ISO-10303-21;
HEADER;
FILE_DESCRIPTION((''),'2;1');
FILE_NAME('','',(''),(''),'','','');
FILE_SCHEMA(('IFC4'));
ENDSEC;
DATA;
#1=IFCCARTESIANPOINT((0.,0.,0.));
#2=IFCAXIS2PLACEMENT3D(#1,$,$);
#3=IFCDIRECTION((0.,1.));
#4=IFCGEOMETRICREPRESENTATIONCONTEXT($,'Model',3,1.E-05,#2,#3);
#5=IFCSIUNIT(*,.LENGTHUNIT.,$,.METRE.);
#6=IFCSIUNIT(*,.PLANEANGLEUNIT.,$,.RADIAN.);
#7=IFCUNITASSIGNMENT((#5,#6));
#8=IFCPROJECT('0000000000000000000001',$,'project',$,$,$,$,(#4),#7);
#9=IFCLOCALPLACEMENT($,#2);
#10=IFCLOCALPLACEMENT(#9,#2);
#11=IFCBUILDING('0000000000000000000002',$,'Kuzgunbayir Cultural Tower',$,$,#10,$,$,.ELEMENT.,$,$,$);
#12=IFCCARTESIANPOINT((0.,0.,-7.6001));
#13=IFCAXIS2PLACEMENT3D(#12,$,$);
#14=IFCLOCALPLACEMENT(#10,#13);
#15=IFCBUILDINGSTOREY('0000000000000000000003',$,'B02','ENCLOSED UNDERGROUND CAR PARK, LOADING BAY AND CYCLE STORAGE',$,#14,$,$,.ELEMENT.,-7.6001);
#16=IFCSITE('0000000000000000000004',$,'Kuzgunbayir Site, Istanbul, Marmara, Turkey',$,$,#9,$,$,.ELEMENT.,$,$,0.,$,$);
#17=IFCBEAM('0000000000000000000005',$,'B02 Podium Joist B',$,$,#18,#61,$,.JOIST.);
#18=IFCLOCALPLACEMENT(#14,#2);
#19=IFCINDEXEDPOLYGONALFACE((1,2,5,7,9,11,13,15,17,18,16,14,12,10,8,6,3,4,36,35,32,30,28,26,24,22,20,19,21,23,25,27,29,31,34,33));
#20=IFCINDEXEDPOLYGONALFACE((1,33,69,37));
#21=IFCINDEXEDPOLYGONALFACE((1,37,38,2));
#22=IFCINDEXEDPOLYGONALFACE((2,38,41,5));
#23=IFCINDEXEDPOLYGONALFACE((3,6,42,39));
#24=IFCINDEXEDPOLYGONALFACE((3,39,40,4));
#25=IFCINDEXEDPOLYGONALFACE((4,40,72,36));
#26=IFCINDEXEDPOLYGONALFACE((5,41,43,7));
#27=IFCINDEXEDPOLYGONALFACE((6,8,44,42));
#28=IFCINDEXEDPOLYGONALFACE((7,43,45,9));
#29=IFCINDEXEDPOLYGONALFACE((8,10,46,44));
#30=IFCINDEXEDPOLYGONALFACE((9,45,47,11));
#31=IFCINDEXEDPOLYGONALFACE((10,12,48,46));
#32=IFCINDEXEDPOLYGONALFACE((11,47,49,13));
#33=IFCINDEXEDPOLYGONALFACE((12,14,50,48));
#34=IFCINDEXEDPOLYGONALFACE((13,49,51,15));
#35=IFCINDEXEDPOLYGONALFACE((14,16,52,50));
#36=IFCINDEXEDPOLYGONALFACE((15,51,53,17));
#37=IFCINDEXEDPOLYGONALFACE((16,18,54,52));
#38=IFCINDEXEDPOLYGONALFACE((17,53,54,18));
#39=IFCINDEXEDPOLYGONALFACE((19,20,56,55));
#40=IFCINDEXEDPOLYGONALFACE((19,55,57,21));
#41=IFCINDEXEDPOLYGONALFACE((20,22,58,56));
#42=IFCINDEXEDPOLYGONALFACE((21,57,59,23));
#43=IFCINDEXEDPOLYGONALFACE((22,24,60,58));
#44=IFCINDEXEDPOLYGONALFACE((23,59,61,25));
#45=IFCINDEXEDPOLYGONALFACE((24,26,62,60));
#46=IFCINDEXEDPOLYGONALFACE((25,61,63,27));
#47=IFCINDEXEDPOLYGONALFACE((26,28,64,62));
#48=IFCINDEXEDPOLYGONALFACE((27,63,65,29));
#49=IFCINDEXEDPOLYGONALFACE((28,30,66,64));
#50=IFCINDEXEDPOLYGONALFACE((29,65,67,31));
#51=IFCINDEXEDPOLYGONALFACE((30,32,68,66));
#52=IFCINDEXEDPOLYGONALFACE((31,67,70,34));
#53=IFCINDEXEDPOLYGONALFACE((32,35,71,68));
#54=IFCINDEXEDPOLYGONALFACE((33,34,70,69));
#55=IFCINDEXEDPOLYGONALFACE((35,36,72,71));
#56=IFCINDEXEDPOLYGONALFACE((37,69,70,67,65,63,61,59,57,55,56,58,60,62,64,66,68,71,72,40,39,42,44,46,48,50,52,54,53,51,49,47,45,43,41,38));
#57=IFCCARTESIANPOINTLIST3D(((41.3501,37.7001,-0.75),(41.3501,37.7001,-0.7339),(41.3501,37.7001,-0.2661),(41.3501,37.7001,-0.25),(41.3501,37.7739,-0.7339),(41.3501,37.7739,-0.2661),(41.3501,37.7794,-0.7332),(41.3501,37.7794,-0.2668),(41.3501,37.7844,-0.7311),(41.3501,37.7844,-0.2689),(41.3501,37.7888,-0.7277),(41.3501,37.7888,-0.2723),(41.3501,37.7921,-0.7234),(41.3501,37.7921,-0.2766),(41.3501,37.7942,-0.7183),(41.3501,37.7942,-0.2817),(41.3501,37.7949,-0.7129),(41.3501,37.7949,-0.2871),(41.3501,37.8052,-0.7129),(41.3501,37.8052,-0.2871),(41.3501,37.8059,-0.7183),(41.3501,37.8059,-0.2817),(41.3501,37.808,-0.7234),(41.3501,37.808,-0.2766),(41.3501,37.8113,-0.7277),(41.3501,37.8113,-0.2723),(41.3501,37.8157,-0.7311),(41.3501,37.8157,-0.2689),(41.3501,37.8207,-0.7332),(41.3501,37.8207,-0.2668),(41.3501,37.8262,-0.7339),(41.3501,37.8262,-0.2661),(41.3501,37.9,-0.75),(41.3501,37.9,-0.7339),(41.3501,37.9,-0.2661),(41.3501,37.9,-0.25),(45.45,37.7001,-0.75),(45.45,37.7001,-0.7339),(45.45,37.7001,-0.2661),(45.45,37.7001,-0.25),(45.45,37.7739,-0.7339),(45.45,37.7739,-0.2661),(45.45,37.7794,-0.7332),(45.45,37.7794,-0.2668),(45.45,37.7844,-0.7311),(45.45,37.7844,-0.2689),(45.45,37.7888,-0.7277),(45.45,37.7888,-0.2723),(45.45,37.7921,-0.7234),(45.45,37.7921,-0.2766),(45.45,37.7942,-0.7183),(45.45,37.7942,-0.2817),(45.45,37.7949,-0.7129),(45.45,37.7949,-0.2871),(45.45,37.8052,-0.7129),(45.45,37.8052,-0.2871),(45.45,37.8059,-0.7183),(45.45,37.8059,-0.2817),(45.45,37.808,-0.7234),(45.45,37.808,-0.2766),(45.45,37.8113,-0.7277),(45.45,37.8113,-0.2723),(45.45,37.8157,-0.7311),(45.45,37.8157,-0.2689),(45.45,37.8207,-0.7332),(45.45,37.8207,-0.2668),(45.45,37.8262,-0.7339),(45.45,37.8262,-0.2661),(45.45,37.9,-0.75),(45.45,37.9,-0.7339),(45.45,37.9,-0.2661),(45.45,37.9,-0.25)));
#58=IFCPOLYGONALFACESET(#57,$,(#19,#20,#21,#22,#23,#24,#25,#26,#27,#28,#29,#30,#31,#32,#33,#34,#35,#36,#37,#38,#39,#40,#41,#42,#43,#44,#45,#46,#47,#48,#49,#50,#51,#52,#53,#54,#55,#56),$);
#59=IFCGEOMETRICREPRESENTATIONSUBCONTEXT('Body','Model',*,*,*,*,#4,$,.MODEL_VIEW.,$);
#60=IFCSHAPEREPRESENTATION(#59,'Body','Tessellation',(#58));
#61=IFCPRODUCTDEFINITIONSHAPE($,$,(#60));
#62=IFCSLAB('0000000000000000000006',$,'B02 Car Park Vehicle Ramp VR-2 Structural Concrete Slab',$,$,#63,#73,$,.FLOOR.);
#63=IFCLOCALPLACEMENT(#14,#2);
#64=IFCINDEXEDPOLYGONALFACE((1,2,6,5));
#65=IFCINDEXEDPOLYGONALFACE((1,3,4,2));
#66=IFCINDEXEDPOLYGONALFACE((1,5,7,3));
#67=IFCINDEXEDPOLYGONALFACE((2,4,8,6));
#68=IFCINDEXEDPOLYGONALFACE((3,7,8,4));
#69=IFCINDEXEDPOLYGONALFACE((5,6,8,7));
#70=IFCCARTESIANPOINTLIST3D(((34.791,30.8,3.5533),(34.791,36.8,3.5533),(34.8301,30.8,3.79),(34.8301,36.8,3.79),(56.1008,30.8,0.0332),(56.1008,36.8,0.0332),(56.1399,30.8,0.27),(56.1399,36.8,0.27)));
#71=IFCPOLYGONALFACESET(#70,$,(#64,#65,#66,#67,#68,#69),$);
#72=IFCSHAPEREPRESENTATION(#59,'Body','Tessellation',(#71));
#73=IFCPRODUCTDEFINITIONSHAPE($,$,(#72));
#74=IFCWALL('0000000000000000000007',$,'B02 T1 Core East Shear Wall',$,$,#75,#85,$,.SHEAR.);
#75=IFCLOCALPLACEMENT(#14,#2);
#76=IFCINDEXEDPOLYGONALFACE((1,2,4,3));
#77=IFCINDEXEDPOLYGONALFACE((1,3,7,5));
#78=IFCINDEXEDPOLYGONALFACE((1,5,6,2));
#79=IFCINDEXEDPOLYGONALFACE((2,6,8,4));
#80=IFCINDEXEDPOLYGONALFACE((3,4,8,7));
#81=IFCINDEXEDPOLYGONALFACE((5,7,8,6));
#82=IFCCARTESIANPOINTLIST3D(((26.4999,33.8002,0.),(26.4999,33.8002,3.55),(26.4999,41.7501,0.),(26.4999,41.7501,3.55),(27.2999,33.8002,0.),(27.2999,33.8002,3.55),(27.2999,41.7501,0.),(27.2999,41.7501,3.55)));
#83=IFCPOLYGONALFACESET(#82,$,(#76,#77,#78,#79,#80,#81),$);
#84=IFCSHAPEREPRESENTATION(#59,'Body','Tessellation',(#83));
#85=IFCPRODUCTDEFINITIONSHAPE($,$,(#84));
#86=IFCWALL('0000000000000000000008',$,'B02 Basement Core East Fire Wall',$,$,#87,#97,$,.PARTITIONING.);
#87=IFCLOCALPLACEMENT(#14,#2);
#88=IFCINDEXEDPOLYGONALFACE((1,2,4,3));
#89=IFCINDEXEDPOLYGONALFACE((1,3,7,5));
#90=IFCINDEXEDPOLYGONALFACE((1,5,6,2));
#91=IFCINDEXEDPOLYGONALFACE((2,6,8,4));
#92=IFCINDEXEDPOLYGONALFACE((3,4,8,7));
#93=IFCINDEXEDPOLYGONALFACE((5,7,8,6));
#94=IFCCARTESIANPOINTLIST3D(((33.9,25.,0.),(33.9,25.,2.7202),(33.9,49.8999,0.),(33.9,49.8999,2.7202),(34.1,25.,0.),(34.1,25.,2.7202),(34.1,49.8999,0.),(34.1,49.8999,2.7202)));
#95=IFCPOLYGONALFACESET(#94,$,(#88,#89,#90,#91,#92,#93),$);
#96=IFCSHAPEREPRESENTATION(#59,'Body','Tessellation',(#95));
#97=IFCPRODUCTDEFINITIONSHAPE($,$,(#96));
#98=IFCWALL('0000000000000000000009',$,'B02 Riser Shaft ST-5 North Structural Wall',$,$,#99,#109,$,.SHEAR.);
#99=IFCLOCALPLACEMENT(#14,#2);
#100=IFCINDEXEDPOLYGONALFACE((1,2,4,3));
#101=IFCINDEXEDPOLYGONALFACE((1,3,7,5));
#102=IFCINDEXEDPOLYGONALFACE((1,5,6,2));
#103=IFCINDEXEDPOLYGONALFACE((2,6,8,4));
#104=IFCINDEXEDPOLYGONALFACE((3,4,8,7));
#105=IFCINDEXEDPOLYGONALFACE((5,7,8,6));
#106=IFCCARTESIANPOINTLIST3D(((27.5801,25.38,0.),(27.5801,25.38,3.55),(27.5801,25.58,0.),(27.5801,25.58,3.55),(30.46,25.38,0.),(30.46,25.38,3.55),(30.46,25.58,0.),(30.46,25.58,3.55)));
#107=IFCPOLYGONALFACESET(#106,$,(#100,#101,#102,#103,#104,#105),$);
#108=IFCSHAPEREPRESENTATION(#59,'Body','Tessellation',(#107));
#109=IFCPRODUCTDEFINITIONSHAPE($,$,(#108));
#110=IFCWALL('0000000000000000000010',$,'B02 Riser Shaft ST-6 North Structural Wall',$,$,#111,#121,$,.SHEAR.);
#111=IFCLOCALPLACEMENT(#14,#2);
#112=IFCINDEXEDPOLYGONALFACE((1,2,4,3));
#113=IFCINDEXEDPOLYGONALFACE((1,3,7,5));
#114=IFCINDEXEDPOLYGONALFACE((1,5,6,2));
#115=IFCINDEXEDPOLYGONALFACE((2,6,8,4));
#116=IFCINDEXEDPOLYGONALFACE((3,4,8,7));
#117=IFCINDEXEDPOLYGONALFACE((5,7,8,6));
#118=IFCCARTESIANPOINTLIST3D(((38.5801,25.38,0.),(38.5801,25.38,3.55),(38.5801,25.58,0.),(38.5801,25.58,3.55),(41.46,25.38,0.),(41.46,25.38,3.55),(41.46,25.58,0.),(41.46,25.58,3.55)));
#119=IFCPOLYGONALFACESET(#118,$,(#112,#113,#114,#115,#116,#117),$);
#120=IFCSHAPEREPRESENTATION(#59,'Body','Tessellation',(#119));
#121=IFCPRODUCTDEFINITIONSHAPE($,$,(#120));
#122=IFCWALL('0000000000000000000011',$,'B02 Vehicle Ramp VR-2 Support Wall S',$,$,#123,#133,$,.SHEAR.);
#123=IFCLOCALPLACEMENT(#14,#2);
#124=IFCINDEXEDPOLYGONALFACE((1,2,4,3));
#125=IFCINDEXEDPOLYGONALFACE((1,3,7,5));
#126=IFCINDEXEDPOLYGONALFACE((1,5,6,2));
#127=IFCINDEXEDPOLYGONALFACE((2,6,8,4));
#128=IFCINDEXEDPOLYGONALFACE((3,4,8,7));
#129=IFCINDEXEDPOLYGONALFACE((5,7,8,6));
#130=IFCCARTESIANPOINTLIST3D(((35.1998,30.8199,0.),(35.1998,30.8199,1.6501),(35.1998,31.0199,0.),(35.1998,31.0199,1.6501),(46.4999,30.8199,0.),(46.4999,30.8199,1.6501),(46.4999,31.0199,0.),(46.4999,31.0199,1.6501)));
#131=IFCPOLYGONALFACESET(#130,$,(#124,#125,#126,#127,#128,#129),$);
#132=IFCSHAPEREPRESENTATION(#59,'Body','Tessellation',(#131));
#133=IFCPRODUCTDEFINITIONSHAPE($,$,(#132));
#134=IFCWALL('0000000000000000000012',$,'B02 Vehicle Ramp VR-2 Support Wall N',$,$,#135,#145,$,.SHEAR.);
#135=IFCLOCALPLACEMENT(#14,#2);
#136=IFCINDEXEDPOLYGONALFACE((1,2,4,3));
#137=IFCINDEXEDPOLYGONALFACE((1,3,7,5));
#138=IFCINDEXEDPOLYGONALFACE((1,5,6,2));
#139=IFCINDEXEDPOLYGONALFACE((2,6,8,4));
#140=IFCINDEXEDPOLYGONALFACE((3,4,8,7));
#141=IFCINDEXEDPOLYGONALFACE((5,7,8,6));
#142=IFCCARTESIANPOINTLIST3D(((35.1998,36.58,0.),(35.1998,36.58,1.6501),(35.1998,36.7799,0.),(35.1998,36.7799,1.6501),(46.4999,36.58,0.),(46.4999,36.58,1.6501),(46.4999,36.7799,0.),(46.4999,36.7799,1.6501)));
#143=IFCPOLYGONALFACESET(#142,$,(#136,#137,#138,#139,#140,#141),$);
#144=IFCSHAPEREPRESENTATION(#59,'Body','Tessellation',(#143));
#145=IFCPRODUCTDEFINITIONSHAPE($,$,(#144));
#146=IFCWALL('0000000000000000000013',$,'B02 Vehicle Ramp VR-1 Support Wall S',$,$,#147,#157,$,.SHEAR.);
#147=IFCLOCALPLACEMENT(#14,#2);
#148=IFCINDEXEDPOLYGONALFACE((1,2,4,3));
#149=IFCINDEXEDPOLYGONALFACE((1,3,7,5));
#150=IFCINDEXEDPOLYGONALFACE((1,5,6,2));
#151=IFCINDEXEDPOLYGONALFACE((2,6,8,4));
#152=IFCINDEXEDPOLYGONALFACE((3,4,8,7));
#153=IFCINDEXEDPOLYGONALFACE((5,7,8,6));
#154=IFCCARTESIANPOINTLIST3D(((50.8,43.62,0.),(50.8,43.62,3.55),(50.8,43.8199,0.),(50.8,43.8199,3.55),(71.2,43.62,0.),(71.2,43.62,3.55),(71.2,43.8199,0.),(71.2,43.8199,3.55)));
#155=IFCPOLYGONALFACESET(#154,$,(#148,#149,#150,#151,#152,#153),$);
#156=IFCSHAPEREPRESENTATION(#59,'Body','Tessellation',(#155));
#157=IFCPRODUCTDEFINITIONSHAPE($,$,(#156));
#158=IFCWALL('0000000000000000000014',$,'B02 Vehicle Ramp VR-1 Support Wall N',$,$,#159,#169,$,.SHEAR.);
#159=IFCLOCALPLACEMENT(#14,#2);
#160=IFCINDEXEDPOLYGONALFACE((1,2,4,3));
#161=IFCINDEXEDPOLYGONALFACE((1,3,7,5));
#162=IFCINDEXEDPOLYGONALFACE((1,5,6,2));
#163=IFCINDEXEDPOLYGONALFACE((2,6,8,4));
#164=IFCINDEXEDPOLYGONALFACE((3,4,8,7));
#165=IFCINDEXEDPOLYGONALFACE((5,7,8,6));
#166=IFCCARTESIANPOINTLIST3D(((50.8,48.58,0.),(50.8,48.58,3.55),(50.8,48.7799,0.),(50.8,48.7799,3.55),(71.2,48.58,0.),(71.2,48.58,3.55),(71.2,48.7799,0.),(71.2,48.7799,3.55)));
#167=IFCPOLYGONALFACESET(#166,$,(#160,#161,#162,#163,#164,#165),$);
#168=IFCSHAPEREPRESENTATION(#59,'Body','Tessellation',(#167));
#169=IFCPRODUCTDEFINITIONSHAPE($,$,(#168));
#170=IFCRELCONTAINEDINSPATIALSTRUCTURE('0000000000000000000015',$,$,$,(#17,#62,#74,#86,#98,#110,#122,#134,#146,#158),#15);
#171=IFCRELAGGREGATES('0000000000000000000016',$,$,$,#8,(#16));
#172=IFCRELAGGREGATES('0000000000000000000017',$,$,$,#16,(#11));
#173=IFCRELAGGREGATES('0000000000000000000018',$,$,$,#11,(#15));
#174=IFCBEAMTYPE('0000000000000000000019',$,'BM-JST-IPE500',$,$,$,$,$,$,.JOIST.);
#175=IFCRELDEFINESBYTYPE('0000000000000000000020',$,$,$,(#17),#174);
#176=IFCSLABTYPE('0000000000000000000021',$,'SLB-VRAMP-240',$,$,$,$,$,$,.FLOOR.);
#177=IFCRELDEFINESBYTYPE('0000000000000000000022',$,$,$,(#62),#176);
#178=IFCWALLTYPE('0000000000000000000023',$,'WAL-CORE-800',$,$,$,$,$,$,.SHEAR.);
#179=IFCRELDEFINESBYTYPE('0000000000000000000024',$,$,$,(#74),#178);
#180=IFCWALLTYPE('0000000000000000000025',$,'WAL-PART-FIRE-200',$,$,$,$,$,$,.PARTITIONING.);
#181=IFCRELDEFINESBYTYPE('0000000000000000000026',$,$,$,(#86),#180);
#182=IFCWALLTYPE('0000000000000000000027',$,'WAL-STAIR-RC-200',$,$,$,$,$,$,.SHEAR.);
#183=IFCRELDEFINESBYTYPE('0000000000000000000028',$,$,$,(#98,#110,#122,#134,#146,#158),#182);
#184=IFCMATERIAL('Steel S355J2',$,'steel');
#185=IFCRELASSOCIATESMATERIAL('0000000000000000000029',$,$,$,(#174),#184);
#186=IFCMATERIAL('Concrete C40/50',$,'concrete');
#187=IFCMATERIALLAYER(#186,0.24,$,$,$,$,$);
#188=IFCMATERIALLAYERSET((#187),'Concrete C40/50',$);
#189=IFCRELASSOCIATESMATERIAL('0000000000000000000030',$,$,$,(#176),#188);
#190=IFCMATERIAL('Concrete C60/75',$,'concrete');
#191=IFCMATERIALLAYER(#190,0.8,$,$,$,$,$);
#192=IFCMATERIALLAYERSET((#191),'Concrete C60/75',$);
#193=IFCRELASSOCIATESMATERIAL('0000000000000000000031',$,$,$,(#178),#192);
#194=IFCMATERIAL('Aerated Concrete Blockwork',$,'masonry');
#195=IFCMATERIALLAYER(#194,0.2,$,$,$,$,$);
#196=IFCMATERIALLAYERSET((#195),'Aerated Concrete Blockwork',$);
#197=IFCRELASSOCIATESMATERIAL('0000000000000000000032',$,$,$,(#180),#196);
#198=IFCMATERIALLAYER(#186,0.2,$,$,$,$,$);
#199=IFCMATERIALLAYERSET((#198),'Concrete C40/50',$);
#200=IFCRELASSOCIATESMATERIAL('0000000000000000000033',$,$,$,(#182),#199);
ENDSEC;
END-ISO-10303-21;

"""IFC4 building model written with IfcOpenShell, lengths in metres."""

from ifc_helpers import new_model, si_unit, direction, frame, frame_2d, origin, origin_2d, place, context, subcontext, project, spatial, polyline, rectangle, i_section, outline, extrude, material, layer, layer_set, material_profile, profile_set, type_object, element, save


model = new_model("IFC4")

# Units and contexts
model_context = context("Model", 3, precision=1e-05, world=origin(), true_north=direction((0.0, 1.0)))
body_context = subcontext(model_context, "Body", "Model", "MODEL_VIEW")
ifc_project = project(units=[si_unit("LENGTHUNIT", "METRE"), si_unit("PLANEANGLEUNIT", "RADIAN")], contexts=[model_context])

# Site, building, storey
site_placement = place(None, origin())
site = spatial("IfcSite", under=ifc_project, at=site_placement, Name="Kuzgunbayir Site, Istanbul, Marmara, Turkey", CompositionType="ELEMENT", RefElevation=0.0)
building_placement = place(site_placement, origin())
building = spatial("IfcBuilding", under=site, at=building_placement, Name="Kuzgunbayir Cultural Tower", CompositionType="ELEMENT")
storey_placement = place(building_placement, frame((0.0, 0.0, -7.6001)))
storey = spatial("IfcBuildingStorey", under=building, at=storey_placement, Name="B02", Description="ENCLOSED UNDERGROUND CAR PARK, LOADING BAY AND CYCLE STORAGE", CompositionType="ELEMENT", Elevation=-7.6001)

# Shared definitions
ifc_material_1 = material(Name="Concrete C60/75", Category="concrete")

# Beam
ifc_material_2 = material(Name="Steel S355J2", Category="steel")
ifc_material_profile_1 = material_profile(ifc_material_2, i_section(OverallWidth=0.2, OverallDepth=0.5, WebThickness=0.0103, FlangeThickness=0.0161, FilletRadius=0.021, at=origin_2d()), Name="IPE 500")
ifc_profile_set_1 = profile_set([ifc_material_profile_1], Name="Steel S355J2")
beam_type_1 = type_object("IfcBeamType", Name="BM-JST-IPE500", PredefinedType="JOIST", material=ifc_profile_set_1)
for number, where, z_axis, x_axis, name in (
    (1, (41.3501, 37.8, -0.5), (1.0, 0.0, 0.0), (0.0, 1.0, 0.0), "B02 Podium Joist B"),
):
    element("IfcBeam", number, at=place(storey_placement, frame(where, z_axis=z_axis, x_axis=x_axis)), inside=storey, type_object=beam_type_1, Name=name, PredefinedType="JOIST", context=body_context, shape_type="SweptSolid", body=[
        extrude(i_section(OverallWidth=0.2, OverallDepth=0.5, WebThickness=0.0103, FlangeThickness=0.0161, FilletRadius=0.021, at=origin_2d()), origin(), (0.0, 0.0, 1.0), 4.0999),
    ])

# Slab
ifc_material_3 = material(Name="Concrete C40/50", Category="concrete")
ifc_layer_1 = layer(ifc_material_3, 0.24)
ifc_layer_set_1 = layer_set([ifc_layer_1], Name="Concrete C40/50")
slab_type = type_object("IfcSlabType", Name="SLB-VRAMP-240", PredefinedType="FLOOR", material=ifc_layer_set_1)
slab_placement = place(storey_placement, frame((56.1399, 30.8, 0.27), z_axis=(0.162975, 0.0, 0.98663), x_axis=(-0.98663, 0.0, 0.162975)))
element("IfcSlab", 2, at=slab_placement, inside=storey, type_object=slab_type, Name="B02 Car Park Vehicle Ramp VR-2 Structural Concrete Slab", PredefinedType="FLOOR", context=body_context, shape_type="SweptSolid", body=[
    extrude(outline(polyline([(0.0, 0.0), (21.5986, 0.0), (21.5986, -6.0), (0.0, -6.0), (0.0, 0.0)])), origin(), (0.0, 0.0, -1.0), 0.24),
])

# Walls
ifc_layer_2 = layer(ifc_material_1, 0.8)
ifc_layer_set_2 = layer_set([ifc_layer_2], Name="Concrete C60/75")
wall_type_1 = type_object("IfcWallType", Name="WAL-CORE-800", PredefinedType="SHEAR", material=ifc_layer_set_2)
wall_1_placement = place(storey_placement, frame((26.8999, 33.8, 0.0), z_axis=(0.0, 0.0, 1.0), x_axis=(0.0, 1.0, 0.0)))
element("IfcWall", 3, at=wall_1_placement, inside=storey, type_object=wall_type_1, Name="B02 T1 Core East Shear Wall", PredefinedType="SHEAR", context=body_context, shape_type="SweptSolid", body=[
    extrude(rectangle(XDim=7.95, YDim=0.8, at=frame_2d((3.9751, 0.0))), origin(), (0.0, 0.0, 1.0), 3.55),
])
ifc_material_4 = material(Name="Aerated Concrete Blockwork", Category="masonry")
ifc_layer_3 = layer(ifc_material_4, 0.2)
ifc_layer_set_3 = layer_set([ifc_layer_3], Name="Aerated Concrete Blockwork")
wall_type_2 = type_object("IfcWallType", Name="WAL-PART-FIRE-200", PredefinedType="PARTITIONING", material=ifc_layer_set_3)
wall_2_placement = place(storey_placement, frame((34.0, 25.0, 0.0), z_axis=(0.0, 0.0, 1.0), x_axis=(0.0, 1.0, 0.0)))
element("IfcWall", 4, at=wall_2_placement, inside=storey, type_object=wall_type_2, Name="B02 Basement Core East Fire Wall", PredefinedType="PARTITIONING", context=body_context, shape_type="SweptSolid", body=[
    extrude(rectangle(XDim=24.8999, YDim=0.2, at=frame_2d((12.45, 0.0))), origin(), (0.0, 0.0, 1.0), 2.7202),
])
ifc_layer_4 = layer(ifc_material_3, 0.2)
ifc_layer_set_4 = layer_set([ifc_layer_4], Name="Concrete C40/50")
wall_type_3 = type_object("IfcWallType", Name="WAL-STAIR-RC-200", PredefinedType="SHEAR", material=ifc_layer_set_4)
for number, where, z_axis, x_axis, name in (
    (5, (27.5801, 25.48, 0.0), (0.0, 0.0, 1.0), (1.0, 0.0, 0.0), "B02 Riser Shaft ST-5 North Structural Wall"),
    (6, (38.5801, 25.48, 0.0), (0.0, 0.0, 1.0), (1.0, 0.0, 0.0), "B02 Riser Shaft ST-6 North Structural Wall"),
):
    element("IfcWall", number, at=place(storey_placement, frame(where, z_axis=z_axis, x_axis=x_axis)), inside=storey, type_object=wall_type_3, Name=name, PredefinedType="SHEAR", context=body_context, shape_type="SweptSolid", body=[
        extrude(rectangle(XDim=2.8799, YDim=0.2, at=frame_2d((1.4399, 0.0))), origin(), (0.0, 0.0, 1.0), 3.55),
    ])
for number, where, z_axis, x_axis, name in (
    (7, (35.2, 30.9199, 0.0), (0.0, 0.0, 1.0), (1.0, 0.0, 0.0), "B02 Vehicle Ramp VR-2 Support Wall S"),
    (8, (35.2, 36.6799, 0.0), (0.0, 0.0, 1.0), (1.0, 0.0, 0.0), "B02 Vehicle Ramp VR-2 Support Wall N"),
):
    element("IfcWall", number, at=place(storey_placement, frame(where, z_axis=z_axis, x_axis=x_axis)), inside=storey, type_object=wall_type_3, Name=name, PredefinedType="SHEAR", context=body_context, shape_type="SweptSolid", body=[
        extrude(rectangle(XDim=11.3, YDim=0.2, at=frame_2d((5.6499, 0.0))), origin(), (0.0, 0.0, 1.0), 1.6501),
    ])
for number, where, z_axis, x_axis, name in (
    (9, (50.8, 43.72, 0.0), (0.0, 0.0, 1.0), (1.0, 0.0, 0.0), "B02 Vehicle Ramp VR-1 Support Wall S"),
    (10, (50.8, 48.6799, 0.0), (0.0, 0.0, 1.0), (1.0, 0.0, 0.0), "B02 Vehicle Ramp VR-1 Support Wall N"),
):
    element("IfcWall", number, at=place(storey_placement, frame(where, z_axis=z_axis, x_axis=x_axis)), inside=storey, type_object=wall_type_3, Name=name, PredefinedType="SHEAR", context=body_context, shape_type="SweptSolid", body=[
        extrude(rectangle(XDim=20.3999, YDim=0.2, at=frame_2d((10.2, 0.0))), origin(), (0.0, 0.0, 1.0), 3.55),
    ])

save(model, "model.ifc")
